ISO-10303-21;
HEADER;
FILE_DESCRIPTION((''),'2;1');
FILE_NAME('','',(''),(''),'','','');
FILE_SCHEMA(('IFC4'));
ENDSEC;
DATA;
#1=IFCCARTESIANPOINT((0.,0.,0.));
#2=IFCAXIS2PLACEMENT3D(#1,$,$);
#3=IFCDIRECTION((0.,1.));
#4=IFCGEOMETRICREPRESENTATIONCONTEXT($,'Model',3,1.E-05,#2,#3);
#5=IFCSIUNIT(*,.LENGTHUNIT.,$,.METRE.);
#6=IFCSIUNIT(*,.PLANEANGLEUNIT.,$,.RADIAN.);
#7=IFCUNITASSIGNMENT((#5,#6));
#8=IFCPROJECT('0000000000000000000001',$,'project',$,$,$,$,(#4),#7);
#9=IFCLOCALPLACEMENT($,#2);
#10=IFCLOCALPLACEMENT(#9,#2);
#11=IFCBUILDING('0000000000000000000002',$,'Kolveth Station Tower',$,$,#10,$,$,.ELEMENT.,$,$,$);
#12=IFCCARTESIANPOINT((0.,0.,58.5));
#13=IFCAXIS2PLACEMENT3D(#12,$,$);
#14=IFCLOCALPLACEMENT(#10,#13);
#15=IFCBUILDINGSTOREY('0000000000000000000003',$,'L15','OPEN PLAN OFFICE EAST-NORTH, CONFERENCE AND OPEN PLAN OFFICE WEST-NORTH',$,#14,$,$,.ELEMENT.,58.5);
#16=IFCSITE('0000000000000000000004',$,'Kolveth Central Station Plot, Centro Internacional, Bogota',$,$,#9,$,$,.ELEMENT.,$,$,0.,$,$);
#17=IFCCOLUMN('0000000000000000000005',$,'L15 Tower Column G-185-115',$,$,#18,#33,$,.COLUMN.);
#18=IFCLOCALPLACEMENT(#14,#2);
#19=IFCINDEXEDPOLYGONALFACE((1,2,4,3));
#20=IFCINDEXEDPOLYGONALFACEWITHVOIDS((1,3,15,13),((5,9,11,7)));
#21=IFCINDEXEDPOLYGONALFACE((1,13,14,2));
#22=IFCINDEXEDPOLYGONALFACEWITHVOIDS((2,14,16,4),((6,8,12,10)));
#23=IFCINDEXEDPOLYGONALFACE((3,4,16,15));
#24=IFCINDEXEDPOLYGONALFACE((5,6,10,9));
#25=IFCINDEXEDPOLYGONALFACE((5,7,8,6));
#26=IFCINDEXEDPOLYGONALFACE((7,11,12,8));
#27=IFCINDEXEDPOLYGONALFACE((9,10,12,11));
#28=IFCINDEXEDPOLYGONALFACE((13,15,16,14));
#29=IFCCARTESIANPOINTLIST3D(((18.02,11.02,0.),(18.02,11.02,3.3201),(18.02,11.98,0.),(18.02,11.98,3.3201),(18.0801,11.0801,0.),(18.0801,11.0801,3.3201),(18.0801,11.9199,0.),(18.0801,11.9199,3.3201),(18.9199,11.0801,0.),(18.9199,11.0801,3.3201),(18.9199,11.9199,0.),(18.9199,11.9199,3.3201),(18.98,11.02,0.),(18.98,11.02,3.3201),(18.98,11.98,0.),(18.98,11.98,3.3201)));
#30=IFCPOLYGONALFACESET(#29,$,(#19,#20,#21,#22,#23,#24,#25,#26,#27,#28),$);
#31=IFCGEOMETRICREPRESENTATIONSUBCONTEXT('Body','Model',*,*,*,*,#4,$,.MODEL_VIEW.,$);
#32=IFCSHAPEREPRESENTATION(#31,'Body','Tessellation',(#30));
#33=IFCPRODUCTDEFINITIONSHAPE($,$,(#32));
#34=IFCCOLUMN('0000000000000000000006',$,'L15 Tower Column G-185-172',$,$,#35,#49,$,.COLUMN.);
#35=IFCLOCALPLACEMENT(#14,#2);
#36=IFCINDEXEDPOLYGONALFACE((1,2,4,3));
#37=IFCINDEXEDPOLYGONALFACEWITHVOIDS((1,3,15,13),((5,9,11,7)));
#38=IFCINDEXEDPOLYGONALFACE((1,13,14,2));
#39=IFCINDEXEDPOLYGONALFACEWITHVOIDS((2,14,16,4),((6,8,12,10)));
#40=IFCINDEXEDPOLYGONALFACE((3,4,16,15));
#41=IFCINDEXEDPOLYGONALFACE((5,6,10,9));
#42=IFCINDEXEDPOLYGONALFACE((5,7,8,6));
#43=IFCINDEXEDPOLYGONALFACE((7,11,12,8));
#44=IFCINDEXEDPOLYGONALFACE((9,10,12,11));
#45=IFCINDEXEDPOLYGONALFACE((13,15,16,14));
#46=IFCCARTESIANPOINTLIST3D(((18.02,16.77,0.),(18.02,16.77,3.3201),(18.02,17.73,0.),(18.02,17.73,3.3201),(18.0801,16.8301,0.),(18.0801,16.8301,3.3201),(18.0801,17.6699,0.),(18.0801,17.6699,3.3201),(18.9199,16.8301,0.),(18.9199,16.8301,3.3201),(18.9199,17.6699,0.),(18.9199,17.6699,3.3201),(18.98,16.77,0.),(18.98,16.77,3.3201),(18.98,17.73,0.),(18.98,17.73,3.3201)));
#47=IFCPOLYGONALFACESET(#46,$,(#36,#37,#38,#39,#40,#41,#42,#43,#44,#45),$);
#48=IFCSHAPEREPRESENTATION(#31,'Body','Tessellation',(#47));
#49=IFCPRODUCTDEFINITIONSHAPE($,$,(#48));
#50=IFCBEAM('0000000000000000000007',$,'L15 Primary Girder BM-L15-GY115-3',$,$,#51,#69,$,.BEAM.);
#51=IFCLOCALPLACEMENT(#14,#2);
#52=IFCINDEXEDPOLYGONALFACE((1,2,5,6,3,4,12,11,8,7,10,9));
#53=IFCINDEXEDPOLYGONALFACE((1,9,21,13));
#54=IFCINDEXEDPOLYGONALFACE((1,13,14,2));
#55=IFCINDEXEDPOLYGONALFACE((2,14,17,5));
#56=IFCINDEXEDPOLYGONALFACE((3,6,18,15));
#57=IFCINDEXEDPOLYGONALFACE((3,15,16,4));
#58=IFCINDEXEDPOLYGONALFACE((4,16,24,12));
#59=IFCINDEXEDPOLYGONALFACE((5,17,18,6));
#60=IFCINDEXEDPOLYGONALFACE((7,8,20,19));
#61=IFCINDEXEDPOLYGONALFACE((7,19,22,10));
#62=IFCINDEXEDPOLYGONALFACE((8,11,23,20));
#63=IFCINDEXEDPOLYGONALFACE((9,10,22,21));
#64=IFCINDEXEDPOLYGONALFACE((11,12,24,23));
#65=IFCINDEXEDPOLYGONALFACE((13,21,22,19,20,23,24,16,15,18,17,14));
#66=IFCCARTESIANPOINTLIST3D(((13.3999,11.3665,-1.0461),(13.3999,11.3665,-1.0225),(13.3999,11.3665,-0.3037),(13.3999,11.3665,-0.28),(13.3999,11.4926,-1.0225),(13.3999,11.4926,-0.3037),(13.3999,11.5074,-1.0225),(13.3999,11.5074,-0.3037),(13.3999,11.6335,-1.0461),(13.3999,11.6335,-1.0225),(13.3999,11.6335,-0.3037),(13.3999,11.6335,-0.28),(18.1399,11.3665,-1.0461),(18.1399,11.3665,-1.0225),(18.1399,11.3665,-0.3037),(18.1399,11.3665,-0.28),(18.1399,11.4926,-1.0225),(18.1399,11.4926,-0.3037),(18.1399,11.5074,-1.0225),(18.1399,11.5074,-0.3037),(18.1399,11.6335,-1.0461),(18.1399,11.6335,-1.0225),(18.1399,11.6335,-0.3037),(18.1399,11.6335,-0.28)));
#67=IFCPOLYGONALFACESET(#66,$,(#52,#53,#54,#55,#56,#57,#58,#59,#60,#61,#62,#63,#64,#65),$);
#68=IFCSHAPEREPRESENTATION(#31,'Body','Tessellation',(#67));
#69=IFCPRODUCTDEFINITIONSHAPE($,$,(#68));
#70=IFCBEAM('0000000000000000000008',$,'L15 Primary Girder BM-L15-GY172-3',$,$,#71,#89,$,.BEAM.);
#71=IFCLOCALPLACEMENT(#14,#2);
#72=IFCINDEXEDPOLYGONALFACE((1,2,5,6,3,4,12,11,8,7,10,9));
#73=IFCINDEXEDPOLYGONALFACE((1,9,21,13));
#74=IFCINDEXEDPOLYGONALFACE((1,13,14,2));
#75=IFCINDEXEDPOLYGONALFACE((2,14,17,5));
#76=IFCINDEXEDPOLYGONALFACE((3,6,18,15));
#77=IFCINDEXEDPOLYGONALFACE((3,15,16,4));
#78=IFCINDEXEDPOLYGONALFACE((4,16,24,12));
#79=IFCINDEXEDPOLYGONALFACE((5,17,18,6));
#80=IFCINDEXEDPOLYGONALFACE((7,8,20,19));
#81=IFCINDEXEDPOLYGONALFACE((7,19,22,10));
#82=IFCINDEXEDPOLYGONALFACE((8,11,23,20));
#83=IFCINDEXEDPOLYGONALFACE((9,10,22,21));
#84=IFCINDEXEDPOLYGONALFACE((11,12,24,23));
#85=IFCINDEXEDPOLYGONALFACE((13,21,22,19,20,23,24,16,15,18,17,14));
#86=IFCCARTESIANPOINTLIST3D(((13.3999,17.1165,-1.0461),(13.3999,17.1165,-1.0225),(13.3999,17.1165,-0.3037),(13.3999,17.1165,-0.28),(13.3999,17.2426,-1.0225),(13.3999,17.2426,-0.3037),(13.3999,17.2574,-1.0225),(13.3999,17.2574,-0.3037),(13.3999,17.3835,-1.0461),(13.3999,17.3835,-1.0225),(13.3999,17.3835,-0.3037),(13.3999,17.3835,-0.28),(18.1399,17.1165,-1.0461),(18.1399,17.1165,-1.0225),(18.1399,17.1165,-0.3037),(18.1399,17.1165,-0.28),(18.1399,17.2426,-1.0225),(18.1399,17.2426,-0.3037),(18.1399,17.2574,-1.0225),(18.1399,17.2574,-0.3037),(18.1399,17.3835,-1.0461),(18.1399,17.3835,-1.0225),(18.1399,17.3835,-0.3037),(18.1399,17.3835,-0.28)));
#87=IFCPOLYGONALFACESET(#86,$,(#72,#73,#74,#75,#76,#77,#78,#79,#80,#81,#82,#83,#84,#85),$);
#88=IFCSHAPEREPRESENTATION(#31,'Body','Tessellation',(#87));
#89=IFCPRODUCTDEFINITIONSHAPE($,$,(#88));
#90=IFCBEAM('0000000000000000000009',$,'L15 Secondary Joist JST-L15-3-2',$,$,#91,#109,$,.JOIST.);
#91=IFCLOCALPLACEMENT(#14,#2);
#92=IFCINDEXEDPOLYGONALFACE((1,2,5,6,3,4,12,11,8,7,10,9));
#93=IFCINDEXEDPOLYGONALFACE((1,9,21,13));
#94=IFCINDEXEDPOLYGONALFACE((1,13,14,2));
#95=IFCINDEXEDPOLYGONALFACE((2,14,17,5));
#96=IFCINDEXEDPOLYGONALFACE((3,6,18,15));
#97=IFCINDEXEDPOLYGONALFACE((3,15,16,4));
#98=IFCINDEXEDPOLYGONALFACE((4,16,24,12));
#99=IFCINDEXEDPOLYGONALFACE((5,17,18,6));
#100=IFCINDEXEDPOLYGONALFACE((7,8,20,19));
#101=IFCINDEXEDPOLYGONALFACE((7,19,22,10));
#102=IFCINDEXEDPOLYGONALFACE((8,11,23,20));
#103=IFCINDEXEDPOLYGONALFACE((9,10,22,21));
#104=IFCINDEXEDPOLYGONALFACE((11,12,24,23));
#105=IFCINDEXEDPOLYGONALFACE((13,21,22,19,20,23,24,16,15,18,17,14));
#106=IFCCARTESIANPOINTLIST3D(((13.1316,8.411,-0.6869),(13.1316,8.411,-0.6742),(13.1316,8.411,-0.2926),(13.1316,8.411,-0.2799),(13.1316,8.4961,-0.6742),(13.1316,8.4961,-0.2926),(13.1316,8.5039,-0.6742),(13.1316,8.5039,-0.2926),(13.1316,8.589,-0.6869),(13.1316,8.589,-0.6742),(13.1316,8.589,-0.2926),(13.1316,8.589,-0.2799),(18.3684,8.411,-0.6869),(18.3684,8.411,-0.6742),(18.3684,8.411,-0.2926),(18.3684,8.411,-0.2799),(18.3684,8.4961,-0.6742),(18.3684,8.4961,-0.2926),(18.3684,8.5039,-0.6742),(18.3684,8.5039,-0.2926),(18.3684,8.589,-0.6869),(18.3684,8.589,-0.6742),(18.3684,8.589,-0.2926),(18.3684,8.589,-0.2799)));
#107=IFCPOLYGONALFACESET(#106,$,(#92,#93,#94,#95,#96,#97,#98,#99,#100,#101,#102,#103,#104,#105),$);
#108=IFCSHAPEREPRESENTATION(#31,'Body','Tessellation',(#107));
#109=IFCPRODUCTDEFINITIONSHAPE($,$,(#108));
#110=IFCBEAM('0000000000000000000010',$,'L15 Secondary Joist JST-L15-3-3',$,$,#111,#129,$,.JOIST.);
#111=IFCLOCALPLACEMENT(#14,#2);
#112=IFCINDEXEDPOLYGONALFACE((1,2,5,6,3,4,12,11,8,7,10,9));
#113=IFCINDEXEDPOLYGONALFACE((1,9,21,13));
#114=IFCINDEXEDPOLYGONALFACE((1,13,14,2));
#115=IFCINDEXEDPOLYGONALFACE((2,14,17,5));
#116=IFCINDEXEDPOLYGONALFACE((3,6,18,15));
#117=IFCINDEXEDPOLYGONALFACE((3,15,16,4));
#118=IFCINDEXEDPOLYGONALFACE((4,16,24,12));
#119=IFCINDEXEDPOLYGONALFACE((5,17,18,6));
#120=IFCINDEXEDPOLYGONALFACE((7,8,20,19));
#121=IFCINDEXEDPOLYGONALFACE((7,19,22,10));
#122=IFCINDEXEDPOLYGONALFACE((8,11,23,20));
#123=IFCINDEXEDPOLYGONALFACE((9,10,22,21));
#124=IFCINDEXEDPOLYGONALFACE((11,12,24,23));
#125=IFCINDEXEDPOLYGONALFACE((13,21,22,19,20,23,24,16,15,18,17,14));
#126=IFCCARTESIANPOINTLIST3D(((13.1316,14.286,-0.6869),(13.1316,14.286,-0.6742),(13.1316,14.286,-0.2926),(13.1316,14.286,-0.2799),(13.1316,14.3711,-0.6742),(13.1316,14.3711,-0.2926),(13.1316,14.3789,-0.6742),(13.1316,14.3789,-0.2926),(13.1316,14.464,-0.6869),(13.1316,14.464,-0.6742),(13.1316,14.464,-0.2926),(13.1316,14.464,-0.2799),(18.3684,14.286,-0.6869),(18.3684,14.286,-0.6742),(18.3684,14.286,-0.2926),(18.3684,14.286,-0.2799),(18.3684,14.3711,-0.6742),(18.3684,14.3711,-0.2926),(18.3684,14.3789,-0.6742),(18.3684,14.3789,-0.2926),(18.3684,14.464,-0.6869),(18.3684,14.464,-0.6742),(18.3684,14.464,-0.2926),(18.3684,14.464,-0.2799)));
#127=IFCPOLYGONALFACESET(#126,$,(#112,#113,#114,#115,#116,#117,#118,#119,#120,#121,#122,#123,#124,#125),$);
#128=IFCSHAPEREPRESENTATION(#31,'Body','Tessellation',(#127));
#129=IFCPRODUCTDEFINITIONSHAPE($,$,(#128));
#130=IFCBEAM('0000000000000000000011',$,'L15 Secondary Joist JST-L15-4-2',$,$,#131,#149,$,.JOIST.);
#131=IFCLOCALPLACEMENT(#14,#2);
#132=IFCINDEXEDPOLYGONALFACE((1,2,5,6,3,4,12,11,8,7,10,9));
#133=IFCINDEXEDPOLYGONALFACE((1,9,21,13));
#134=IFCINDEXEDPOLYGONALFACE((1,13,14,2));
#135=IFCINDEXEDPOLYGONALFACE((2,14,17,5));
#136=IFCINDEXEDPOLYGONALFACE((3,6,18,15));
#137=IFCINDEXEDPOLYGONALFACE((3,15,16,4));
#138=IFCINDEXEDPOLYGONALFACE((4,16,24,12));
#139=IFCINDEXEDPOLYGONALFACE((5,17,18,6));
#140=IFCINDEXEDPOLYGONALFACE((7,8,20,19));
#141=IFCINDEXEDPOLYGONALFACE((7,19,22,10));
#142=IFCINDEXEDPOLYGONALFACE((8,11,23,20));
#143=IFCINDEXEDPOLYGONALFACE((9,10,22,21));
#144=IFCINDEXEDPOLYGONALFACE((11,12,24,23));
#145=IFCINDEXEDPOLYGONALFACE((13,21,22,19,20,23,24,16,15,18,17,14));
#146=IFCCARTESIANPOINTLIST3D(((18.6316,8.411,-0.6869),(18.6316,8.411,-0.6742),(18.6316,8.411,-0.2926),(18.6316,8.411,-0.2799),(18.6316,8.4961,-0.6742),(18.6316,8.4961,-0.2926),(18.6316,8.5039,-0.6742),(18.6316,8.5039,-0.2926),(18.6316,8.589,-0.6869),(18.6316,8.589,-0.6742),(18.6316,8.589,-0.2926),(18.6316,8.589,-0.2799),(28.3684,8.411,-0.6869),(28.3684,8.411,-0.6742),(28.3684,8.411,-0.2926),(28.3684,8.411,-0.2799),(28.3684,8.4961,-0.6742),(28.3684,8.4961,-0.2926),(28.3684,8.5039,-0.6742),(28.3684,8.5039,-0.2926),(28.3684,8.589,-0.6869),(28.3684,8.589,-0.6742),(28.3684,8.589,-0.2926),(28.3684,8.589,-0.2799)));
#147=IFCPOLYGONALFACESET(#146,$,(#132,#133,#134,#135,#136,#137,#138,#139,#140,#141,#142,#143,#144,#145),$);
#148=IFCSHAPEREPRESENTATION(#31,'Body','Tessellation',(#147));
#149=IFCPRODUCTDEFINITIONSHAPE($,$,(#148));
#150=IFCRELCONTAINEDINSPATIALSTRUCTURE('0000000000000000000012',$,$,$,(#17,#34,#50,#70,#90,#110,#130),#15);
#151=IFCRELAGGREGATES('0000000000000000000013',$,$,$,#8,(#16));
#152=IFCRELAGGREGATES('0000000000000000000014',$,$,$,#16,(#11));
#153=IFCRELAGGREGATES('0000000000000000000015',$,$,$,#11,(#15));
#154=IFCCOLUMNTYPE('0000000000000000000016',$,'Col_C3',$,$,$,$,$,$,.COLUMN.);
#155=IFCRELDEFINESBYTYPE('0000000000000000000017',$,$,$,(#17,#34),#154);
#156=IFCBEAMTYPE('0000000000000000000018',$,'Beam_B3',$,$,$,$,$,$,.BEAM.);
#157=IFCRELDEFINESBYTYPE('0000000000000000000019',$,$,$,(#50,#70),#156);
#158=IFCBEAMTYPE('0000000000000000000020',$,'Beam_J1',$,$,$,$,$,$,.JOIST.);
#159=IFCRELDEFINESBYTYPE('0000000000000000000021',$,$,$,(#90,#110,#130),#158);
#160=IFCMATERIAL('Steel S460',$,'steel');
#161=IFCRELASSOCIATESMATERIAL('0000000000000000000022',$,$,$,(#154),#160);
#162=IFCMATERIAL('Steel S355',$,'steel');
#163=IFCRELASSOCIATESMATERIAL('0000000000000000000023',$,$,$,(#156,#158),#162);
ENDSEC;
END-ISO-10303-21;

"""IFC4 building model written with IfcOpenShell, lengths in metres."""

from ifc_helpers import new_model, si_unit, direction, frame, origin, origin_2d, place, context, subcontext, project, spatial, hollow_rectangle, i_section, extrude, source, transform, mapped, material, material_profile, profile_set, type_object, element, save


model = new_model("IFC4")

# Units and contexts
model_context = context("Model", 3, precision=1e-05, world=origin(), true_north=direction((0.0, 1.0)))
body_context = subcontext(model_context, "Body", "Model", "MODEL_VIEW")
ifc_project = project(units=[si_unit("LENGTHUNIT", "METRE"), si_unit("PLANEANGLEUNIT", "RADIAN")], contexts=[model_context])

# Site, building, storey
site_placement = place(None, origin())
site = spatial("IfcSite", under=ifc_project, at=site_placement, Name="Kolveth Central Station Plot, Centro Internacional, Bogota", CompositionType="ELEMENT", RefElevation=0.0)
building_placement = place(site_placement, origin())
building = spatial("IfcBuilding", under=site, at=building_placement, Name="Kolveth Station Tower", CompositionType="ELEMENT")
storey_placement = place(building_placement, frame((0.0, 0.0, 58.5)))
storey = spatial("IfcBuildingStorey", under=building, at=storey_placement, Name="L15", Description="OPEN PLAN OFFICE EAST-NORTH, CONFERENCE AND OPEN PLAN OFFICE WEST-NORTH", CompositionType="ELEMENT", Elevation=58.5)

# Columns
ifc_material_1 = material(Name="Steel S460", Category="steel")
ifc_material_profile_1 = material_profile(ifc_material_1, hollow_rectangle(XDim=0.96, YDim=0.96, WallThickness=0.0601, at=origin_2d()), Name="BOX960x960x60")
ifc_profile_set_1 = profile_set([ifc_material_profile_1], Name="Steel S460")
column_type = type_object("IfcColumnType", Name="Col_C3", PredefinedType="COLUMN", material=ifc_profile_set_1)
shared_shape_1 = source(origin(), body_context, "Body", "SweptSolid", [
    extrude(hollow_rectangle(XDim=0.96, YDim=0.96, WallThickness=0.0601, at=origin_2d()), origin(), (0.0, 0.0, 1.0), 3.3201),
])
for number, where, z_axis, x_axis, name in (
    (1, (18.5, 11.5, 0.0), (0.0, 0.0, 1.0), (1.0, 0.0, 0.0), "L15 Tower Column G-185-115"),
    (2, (18.5, 17.25, 0.0), (0.0, 0.0, 1.0), (1.0, 0.0, 0.0), "L15 Tower Column G-185-172"),
):
    element("IfcColumn", number, at=place(storey_placement, frame(where, z_axis=z_axis, x_axis=x_axis)), inside=storey, type_object=column_type, Name=name, PredefinedType="COLUMN", context=body_context, shape_type="MappedRepresentation", body=[
        mapped(shared_shape_1, transform((0.0, 0.0, 0.0), x_axis=(1.0, 0.0, 0.0), y_axis=(0.0, 1.0, 0.0), z_axis=(0.0, 0.0, 1.0), scale=1.0)),
    ])

# Beams
ifc_material_2 = material(Name="Steel S355", Category="steel")
ifc_material_profile_2 = material_profile(ifc_material_2, i_section(OverallWidth=0.2671, OverallDepth=0.7661, WebThickness=0.0149, FlangeThickness=0.0237, at=origin_2d()), Name="W760x185")
ifc_profile_set_2 = profile_set([ifc_material_profile_2], Name="Steel S355")
beam_type_1 = type_object("IfcBeamType", Name="Beam_B3", PredefinedType="BEAM", material=ifc_profile_set_2)
shared_shape_2 = source(origin(), body_context, "Body", "SweptSolid", [
    extrude(i_section(OverallWidth=0.2671, OverallDepth=0.7661, WebThickness=0.0149, FlangeThickness=0.0237, at=origin_2d()), origin(), (0.0, 0.0, 1.0), 4.74),
])
for number, where, z_axis, x_axis, name in (
    (3, (13.3999, 11.5, -0.6631), (1.0, 0.0, 0.0), (0.0, 1.0, 0.0), "L15 Primary Girder BM-L15-GY115-3"),
    (4, (13.3999, 17.25, -0.6631), (1.0, 0.0, 0.0), (0.0, 1.0, 0.0), "L15 Primary Girder BM-L15-GY172-3"),
):
    element("IfcBeam", number, at=place(storey_placement, frame(where, z_axis=z_axis, x_axis=x_axis)), inside=storey, type_object=beam_type_1, Name=name, PredefinedType="BEAM", context=body_context, shape_type="MappedRepresentation", body=[
        mapped(shared_shape_2, transform((0.0, 0.0, 0.0), x_axis=(1.0, 0.0, 0.0), y_axis=(0.0, 1.0, 0.0), z_axis=(0.0, 0.0, 1.0), scale=1.0)),
    ])
ifc_material_profile_3 = material_profile(ifc_material_2, i_section(OverallWidth=0.178, OverallDepth=0.407, WebThickness=0.0078, FlangeThickness=0.0127, at=origin_2d()), Name="W410x60")
ifc_profile_set_3 = profile_set([ifc_material_profile_3], Name="Steel S355")
beam_type_2 = type_object("IfcBeamType", Name="Beam_J1", PredefinedType="JOIST", material=ifc_profile_set_3)
shared_shape_3 = source(origin(), body_context, "Body", "SweptSolid", [
    extrude(i_section(OverallWidth=0.178, OverallDepth=0.407, WebThickness=0.0078, FlangeThickness=0.0127, at=origin_2d()), origin(), (0.0, 0.0, 1.0), 5.2368),
])
for number, where, z_axis, x_axis, name in (
    (5, (13.1316, 8.5, -0.4834), (1.0, 0.0, 0.0), (0.0, 1.0, 0.0), "L15 Secondary Joist JST-L15-3-2"),
    (6, (13.1316, 14.375, -0.4834), (1.0, 0.0, 0.0), (0.0, 1.0, 0.0), "L15 Secondary Joist JST-L15-3-3"),
):
    element("IfcBeam", number, at=place(storey_placement, frame(where, z_axis=z_axis, x_axis=x_axis)), inside=storey, type_object=beam_type_2, Name=name, PredefinedType="JOIST", context=body_context, shape_type="MappedRepresentation", body=[
        mapped(shared_shape_3, transform((0.0, 0.0, 0.0), x_axis=(1.0, 0.0, 0.0), y_axis=(0.0, 1.0, 0.0), z_axis=(0.0, 0.0, 1.0), scale=1.0)),
    ])
shared_shape_4 = source(origin(), body_context, "Body", "SweptSolid", [
    extrude(i_section(OverallWidth=0.178, OverallDepth=0.407, WebThickness=0.0078, FlangeThickness=0.0127, at=origin_2d()), origin(), (0.0, 0.0, 1.0), 9.7368),
])
beam_placement = place(storey_placement, frame((18.6316, 8.5, -0.4834), z_axis=(1.0, 0.0, 0.0), x_axis=(0.0, 1.0, 0.0)))
element("IfcBeam", 7, at=beam_placement, inside=storey, type_object=beam_type_2, Name="L15 Secondary Joist JST-L15-4-2", PredefinedType="JOIST", context=body_context, shape_type="MappedRepresentation", body=[
    mapped(shared_shape_4, transform((0.0, 0.0, 0.0), x_axis=(1.0, 0.0, 0.0), y_axis=(0.0, 1.0, 0.0), z_axis=(0.0, 0.0, 1.0), scale=1.0)),
])

save(model, "model.ifc")
